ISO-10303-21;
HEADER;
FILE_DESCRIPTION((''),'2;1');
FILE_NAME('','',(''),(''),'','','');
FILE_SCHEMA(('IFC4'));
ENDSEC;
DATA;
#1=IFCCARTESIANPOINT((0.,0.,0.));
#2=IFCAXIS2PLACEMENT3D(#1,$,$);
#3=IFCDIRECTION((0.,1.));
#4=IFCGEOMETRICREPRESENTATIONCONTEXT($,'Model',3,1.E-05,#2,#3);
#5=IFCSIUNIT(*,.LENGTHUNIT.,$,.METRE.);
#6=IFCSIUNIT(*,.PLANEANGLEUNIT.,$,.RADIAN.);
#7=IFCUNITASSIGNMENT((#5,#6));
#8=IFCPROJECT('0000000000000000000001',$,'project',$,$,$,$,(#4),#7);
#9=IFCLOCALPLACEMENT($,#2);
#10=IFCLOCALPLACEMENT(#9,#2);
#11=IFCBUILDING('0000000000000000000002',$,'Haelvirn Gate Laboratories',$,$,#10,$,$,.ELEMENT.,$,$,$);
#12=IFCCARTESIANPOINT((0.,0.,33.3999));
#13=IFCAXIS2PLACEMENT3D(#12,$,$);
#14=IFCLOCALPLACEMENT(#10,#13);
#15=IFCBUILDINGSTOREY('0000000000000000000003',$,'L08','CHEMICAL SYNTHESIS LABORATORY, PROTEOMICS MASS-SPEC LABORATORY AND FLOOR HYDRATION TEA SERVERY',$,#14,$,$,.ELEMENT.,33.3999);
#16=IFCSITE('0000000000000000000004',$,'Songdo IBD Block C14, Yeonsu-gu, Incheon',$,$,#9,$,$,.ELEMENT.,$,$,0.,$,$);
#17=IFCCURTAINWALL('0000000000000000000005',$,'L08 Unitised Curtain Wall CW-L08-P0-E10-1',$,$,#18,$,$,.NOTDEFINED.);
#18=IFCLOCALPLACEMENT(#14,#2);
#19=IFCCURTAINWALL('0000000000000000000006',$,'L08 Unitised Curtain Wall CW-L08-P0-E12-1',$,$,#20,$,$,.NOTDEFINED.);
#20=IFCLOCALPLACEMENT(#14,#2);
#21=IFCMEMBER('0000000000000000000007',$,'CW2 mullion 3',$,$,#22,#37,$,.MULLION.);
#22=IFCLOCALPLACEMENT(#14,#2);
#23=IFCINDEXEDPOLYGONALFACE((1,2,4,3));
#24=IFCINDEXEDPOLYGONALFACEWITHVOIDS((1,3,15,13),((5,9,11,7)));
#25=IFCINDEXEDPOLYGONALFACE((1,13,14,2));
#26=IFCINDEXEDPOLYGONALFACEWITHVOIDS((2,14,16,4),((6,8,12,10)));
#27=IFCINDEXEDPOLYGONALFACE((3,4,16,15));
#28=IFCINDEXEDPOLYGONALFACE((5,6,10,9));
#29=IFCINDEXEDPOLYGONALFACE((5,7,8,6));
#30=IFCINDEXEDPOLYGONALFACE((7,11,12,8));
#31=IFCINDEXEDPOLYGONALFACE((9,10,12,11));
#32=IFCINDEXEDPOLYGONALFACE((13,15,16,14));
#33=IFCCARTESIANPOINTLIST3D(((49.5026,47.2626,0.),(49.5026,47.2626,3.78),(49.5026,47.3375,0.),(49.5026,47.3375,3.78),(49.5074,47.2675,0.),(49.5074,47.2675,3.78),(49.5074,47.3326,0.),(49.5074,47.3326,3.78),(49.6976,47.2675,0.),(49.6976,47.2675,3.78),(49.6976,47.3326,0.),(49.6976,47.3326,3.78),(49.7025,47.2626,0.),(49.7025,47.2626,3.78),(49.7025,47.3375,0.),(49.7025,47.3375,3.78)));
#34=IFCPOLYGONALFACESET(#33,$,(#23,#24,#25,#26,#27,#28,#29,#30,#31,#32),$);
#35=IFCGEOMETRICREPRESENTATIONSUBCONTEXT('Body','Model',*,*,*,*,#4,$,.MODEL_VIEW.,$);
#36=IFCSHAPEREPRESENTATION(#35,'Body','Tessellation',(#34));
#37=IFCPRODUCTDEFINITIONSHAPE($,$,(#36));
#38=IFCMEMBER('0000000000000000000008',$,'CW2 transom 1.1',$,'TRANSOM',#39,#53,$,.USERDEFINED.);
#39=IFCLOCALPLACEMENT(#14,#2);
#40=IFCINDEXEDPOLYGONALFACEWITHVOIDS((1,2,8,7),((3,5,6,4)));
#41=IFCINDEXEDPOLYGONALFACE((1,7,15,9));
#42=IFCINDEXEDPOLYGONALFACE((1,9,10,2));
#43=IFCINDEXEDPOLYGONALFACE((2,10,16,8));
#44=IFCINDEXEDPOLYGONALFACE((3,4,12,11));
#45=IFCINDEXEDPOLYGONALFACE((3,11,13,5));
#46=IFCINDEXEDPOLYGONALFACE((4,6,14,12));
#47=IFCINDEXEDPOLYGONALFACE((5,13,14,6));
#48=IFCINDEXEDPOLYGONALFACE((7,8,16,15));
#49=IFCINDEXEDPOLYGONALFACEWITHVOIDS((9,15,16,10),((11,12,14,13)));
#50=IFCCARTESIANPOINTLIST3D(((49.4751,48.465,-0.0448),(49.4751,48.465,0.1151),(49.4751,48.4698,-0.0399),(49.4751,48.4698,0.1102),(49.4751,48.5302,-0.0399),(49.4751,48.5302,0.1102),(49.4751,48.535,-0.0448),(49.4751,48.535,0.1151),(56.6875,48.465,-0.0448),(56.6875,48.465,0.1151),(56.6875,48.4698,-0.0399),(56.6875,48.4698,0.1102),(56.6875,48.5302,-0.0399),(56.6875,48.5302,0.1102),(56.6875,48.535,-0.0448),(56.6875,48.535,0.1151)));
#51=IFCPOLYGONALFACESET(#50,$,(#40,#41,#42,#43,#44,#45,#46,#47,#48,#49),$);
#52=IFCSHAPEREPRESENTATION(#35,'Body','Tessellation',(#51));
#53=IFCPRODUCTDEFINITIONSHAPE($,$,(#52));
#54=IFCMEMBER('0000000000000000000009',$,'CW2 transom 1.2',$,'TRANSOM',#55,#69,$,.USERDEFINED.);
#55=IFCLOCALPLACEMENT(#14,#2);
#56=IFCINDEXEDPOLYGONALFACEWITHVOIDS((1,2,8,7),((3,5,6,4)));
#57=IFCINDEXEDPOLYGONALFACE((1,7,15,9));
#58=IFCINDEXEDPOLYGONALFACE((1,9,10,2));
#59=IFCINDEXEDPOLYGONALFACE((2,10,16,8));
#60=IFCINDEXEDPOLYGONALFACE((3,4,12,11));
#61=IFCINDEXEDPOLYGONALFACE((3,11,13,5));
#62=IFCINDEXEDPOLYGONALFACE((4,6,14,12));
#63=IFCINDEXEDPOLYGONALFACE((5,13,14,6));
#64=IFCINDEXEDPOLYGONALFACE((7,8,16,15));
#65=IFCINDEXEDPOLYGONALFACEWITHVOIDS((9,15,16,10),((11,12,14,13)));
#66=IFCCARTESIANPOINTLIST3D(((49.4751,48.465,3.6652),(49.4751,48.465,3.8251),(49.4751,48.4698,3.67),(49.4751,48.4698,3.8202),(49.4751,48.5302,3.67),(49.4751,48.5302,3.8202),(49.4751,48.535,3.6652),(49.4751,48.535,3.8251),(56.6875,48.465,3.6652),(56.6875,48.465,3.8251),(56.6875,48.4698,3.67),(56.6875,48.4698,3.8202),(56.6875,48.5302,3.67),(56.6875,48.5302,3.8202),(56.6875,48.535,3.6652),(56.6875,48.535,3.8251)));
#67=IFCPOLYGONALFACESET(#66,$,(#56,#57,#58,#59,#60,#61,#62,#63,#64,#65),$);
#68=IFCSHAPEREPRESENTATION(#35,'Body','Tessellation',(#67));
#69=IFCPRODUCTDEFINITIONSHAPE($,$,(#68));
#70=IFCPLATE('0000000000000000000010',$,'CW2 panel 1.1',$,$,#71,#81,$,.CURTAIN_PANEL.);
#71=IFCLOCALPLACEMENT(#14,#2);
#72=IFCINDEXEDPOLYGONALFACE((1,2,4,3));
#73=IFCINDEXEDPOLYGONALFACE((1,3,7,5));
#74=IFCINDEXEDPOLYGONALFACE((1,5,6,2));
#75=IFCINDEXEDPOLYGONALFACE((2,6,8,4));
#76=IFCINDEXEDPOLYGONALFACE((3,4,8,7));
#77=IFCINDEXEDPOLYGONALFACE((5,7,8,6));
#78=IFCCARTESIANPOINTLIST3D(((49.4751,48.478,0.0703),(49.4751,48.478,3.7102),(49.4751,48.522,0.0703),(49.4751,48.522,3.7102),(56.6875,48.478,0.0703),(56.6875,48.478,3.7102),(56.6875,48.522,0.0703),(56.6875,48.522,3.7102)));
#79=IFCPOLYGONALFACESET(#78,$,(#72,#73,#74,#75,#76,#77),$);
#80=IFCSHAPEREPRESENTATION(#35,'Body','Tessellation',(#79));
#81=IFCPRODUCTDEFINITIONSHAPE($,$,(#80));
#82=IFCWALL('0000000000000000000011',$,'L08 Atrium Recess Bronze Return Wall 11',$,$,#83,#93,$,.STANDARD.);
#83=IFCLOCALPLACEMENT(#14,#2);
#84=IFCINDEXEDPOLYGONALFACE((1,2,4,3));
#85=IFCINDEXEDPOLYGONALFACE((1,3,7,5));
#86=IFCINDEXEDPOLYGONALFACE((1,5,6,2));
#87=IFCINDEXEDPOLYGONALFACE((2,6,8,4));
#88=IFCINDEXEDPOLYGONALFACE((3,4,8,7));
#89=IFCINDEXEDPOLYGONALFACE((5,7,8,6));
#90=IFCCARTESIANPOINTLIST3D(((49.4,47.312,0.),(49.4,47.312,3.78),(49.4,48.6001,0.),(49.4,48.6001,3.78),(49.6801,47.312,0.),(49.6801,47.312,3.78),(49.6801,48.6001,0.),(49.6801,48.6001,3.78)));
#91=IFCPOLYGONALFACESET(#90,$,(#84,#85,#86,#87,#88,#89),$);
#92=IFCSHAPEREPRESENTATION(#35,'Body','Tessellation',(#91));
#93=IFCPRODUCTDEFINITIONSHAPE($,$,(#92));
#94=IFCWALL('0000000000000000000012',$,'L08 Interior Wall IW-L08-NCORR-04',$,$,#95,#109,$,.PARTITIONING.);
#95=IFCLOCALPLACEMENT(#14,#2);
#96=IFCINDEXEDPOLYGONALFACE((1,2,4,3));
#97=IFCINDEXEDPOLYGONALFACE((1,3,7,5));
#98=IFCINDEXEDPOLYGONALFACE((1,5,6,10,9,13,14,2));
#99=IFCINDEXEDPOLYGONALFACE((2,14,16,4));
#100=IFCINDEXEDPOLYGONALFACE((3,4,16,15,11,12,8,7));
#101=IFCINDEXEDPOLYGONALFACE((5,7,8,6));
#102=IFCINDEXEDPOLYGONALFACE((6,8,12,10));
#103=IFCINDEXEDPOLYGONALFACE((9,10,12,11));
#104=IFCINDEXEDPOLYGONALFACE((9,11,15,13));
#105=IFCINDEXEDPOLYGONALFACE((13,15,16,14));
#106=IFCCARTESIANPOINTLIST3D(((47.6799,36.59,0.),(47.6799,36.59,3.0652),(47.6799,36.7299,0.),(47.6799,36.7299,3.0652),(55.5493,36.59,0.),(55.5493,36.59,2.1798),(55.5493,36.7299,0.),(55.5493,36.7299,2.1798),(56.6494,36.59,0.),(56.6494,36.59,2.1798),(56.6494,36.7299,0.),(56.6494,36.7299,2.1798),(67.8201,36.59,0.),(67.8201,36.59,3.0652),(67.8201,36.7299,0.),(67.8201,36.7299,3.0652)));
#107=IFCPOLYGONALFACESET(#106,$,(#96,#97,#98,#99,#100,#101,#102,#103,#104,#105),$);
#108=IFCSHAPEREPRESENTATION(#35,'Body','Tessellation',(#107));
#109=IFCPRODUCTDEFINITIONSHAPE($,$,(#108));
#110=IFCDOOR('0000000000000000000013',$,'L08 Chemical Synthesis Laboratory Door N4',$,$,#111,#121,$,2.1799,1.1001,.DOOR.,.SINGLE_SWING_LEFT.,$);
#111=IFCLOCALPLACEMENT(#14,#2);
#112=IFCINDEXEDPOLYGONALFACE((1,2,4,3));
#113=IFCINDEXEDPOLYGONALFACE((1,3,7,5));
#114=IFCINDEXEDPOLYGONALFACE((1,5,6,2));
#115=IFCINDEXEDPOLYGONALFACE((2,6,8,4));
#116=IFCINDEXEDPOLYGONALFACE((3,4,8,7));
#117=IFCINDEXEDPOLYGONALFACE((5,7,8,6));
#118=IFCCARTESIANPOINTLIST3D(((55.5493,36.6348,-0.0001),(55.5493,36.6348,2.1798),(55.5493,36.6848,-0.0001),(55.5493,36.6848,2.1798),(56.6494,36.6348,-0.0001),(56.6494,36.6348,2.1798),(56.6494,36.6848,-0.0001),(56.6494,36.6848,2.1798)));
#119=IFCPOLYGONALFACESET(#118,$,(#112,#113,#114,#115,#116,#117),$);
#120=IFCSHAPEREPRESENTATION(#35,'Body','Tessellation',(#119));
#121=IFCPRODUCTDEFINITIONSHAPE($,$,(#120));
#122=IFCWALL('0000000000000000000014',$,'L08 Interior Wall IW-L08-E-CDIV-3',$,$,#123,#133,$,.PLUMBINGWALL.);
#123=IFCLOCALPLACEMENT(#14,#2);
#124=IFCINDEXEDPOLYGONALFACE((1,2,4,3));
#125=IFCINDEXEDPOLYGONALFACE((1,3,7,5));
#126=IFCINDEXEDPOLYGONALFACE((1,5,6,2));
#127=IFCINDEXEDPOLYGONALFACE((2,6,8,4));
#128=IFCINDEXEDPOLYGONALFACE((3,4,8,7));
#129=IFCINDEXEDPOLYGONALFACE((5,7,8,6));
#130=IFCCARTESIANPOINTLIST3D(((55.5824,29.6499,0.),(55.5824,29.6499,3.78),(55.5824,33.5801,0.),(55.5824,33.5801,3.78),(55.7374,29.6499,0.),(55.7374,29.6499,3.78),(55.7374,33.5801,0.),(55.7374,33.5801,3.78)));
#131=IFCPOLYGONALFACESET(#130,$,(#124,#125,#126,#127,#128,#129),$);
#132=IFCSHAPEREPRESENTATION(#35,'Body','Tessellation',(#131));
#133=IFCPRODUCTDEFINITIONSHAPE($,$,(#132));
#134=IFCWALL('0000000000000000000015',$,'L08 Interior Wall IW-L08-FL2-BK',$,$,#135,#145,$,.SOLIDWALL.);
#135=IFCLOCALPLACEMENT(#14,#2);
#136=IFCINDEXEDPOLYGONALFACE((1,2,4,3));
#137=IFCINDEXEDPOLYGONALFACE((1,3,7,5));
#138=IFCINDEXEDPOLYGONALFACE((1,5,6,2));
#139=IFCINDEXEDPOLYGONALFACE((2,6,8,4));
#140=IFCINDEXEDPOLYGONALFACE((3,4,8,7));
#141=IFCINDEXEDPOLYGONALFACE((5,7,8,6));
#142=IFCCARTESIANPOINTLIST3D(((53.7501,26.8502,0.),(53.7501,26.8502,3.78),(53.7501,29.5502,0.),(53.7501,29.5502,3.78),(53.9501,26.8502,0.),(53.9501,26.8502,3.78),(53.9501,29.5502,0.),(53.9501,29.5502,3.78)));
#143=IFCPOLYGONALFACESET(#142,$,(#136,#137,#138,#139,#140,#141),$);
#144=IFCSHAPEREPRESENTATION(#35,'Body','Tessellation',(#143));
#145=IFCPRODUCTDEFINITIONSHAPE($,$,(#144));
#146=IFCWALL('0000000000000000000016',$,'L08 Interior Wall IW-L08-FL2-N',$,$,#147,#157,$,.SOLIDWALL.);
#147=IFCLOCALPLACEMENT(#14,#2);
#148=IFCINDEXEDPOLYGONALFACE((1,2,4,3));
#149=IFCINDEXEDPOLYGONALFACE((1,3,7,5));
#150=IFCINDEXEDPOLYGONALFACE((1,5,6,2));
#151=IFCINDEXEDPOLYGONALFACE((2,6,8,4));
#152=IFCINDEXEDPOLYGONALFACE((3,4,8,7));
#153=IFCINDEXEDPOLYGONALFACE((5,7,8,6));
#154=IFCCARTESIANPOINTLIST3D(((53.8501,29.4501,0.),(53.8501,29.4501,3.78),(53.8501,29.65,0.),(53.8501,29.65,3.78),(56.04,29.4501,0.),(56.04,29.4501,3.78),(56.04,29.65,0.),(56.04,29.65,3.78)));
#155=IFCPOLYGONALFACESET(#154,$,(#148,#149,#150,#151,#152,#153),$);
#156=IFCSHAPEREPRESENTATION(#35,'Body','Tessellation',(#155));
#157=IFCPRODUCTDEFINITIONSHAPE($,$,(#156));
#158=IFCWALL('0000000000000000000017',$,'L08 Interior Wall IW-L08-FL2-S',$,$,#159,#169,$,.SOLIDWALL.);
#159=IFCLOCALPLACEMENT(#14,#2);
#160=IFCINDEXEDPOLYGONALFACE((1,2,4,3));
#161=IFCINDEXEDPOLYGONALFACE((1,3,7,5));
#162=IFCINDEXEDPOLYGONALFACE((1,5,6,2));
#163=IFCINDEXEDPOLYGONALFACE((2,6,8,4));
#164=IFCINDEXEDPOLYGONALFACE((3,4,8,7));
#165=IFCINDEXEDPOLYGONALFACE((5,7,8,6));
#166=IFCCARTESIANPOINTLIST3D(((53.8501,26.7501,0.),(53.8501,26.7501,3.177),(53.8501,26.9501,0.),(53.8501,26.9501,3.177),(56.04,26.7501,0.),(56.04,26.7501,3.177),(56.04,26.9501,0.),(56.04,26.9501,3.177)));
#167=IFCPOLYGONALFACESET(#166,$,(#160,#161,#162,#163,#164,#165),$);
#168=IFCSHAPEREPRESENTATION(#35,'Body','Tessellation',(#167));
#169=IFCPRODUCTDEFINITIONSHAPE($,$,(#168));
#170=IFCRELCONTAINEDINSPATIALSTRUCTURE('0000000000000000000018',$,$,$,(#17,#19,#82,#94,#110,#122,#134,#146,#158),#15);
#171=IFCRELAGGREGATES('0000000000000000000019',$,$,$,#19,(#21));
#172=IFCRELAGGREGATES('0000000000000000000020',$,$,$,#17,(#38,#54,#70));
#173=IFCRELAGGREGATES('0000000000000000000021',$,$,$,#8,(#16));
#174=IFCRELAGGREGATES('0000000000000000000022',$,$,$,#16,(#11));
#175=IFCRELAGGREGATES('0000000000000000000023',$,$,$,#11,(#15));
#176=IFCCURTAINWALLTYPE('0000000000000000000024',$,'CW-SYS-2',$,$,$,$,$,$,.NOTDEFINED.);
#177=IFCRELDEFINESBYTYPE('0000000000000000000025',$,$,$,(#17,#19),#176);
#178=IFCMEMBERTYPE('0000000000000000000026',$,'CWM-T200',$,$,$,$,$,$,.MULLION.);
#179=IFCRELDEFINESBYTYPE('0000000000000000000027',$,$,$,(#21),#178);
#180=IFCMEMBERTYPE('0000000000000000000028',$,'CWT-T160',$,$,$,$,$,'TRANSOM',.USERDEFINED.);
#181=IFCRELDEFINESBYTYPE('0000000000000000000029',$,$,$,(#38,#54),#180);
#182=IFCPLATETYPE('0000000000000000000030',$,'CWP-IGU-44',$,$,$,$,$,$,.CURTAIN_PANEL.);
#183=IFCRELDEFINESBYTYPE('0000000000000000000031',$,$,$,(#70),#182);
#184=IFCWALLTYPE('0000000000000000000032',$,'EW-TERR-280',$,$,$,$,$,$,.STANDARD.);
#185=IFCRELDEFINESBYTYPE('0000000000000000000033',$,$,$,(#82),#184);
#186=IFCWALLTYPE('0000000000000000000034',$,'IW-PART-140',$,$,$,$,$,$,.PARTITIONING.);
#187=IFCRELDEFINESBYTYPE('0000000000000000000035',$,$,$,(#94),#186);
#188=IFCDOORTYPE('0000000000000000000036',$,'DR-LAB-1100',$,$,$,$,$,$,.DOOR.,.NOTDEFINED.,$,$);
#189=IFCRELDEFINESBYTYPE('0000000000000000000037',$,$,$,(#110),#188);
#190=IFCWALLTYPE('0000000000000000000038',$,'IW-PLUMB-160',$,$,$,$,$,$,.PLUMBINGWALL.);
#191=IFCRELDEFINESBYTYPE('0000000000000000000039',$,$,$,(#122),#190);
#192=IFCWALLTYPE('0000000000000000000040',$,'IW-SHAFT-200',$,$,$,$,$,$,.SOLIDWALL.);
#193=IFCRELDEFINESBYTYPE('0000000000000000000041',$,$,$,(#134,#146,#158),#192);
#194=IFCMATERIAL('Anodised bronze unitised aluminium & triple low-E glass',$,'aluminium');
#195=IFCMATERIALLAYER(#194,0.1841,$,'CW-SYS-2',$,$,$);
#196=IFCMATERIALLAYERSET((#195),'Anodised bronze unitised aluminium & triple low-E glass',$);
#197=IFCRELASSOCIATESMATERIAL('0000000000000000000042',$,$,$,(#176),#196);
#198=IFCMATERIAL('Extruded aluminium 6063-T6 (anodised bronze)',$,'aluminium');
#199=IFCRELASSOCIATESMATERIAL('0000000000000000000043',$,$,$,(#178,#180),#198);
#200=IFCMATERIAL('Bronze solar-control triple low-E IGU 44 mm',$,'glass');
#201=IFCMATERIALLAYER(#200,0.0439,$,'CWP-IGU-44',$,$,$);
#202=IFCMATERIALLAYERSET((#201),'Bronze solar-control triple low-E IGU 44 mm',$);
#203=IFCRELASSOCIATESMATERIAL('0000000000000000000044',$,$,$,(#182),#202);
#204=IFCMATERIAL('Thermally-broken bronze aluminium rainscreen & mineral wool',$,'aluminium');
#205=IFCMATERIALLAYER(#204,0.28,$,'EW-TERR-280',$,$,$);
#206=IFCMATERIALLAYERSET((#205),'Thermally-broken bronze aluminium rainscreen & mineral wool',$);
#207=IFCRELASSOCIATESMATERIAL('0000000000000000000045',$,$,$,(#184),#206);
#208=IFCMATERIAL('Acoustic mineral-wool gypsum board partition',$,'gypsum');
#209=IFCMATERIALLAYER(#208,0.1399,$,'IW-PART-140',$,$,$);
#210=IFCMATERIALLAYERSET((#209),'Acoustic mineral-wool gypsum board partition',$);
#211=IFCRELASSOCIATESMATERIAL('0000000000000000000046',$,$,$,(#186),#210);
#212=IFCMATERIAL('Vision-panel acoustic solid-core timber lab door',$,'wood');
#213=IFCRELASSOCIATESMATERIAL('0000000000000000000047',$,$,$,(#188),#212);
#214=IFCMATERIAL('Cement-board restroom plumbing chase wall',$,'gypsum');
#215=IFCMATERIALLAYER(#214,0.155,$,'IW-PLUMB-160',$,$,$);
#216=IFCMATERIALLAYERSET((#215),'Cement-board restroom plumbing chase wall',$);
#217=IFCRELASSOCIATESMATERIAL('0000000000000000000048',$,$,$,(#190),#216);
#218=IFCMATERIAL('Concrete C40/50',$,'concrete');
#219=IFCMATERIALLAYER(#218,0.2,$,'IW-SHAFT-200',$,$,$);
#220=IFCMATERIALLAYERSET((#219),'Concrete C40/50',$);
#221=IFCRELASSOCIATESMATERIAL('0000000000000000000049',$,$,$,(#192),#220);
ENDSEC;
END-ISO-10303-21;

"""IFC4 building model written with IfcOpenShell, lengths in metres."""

from ifc_helpers import new_model, si_unit, direction, frame, frame_2d, origin, origin_2d, place, context, subcontext, project, spatial, rectangle, hollow_rectangle, extrude, source, transform, mapped, material, layer, layer_set, material_profile, profile_set, type_object, type_shapes, element, fill, aggregate, save


model = new_model("IFC4")

# Units and contexts
model_context = context("Model", 3, precision=1e-05, world=origin(), true_north=direction((0.0, 1.0)))
body_context = subcontext(model_context, "Body", "Model", "MODEL_VIEW")
ifc_project = project(units=[si_unit("LENGTHUNIT", "METRE"), si_unit("PLANEANGLEUNIT", "RADIAN")], contexts=[model_context])

# Site, building, storey
site_placement = place(None, origin())
site = spatial("IfcSite", under=ifc_project, at=site_placement, Name="Songdo IBD Block C14, Yeonsu-gu, Incheon", CompositionType="ELEMENT", RefElevation=0.0)
building_placement = place(site_placement, origin())
building = spatial("IfcBuilding", under=site, at=building_placement, Name="Haelvirn Gate Laboratories", CompositionType="ELEMENT")
storey_placement = place(building_placement, frame((0.0, 0.0, 33.3999)))
storey = spatial("IfcBuildingStorey", under=building, at=storey_placement, Name="L08", Description="CHEMICAL SYNTHESIS LABORATORY, PROTEOMICS MASS-SPEC LABORATORY AND FLOOR HYDRATION TEA SERVERY", CompositionType="ELEMENT", Elevation=33.3999)

# Curtain walls, member
ifc_material_1 = material(Name="Anodised bronze unitised aluminium & triple low-E glass", Category="aluminium")
ifc_layer_1 = layer(ifc_material_1, 0.1841, Name="CW-SYS-2")
ifc_layer_set_1 = layer_set([ifc_layer_1], Name="Anodised bronze unitised aluminium & triple low-E glass")
curtain_wall_type = type_object("IfcCurtainWallType", Name="CW-SYS-2", PredefinedType="NOTDEFINED", material=ifc_layer_set_1)
curtain_wall_1_placement = place(storey_placement, origin())
curtain_wall_1 = element("IfcCurtainWall", 1, at=curtain_wall_1_placement, inside=storey, type_object=curtain_wall_type, Name="L08 Unitised Curtain Wall CW-L08-P0-E10-1", PredefinedType="NOTDEFINED")
ifc_material_2 = material(Name="Extruded aluminium 6063-T6 (anodised bronze)", Category="aluminium")
ifc_material_profile_1 = material_profile(ifc_material_2, hollow_rectangle(XDim=0.075, YDim=0.2, WallThickness=0.0049, at=origin_2d()), Name="CWM-200x75x5")
ifc_profile_set_1 = profile_set([ifc_material_profile_1], Name="Extruded aluminium 6063-T6 (anodised bronze)")
member_type_1 = type_object("IfcMemberType", Name="CWM-T200", PredefinedType="MULLION", material=ifc_profile_set_1)
shared_shape_1 = source(origin(), body_context, "Body", "SweptSolid", [
    extrude(hollow_rectangle(XDim=0.075, YDim=0.2, WallThickness=0.0049, at=origin_2d()), origin(), (0.0, 0.0, 1.0), 3.78),
])
type_shapes(member_type_1, [shared_shape_1])
curtain_wall_2_placement = place(storey_placement, origin())
curtain_wall_2 = element("IfcCurtainWall", 2, at=curtain_wall_2_placement, inside=storey, type_object=curtain_wall_type, Name="L08 Unitised Curtain Wall CW-L08-P0-E12-1", PredefinedType="NOTDEFINED")
member_1_placement = place(storey_placement, frame((49.6025, 47.3, 0.0), z_axis=(0.0, 0.0, 1.0), x_axis=(0.0, 1.0, 0.0)))
member_1 = element("IfcMember", 3, at=member_1_placement, type_object=member_type_1, Name="CW2 mullion 3", PredefinedType="MULLION", context=body_context, shape_type="MappedRepresentation", body=[
    mapped(shared_shape_1, transform((0.0, 0.0, 0.0), scale=1.0)),
])
aggregate(curtain_wall_2, [member_1])

# Members
ifc_material_profile_2 = material_profile(ifc_material_2, hollow_rectangle(XDim=0.0701, YDim=0.1599, WallThickness=0.0049, at=origin_2d()), Name="CWT-160x70x5")
ifc_profile_set_2 = profile_set([ifc_material_profile_2], Name="Extruded aluminium 6063-T6 (anodised bronze)")
member_type_2 = type_object("IfcMemberType", Name="CWT-T160", ElementType="TRANSOM", PredefinedType="USERDEFINED", material=ifc_profile_set_2)
shared_shape_2 = source(origin(), body_context, "Body", "SweptSolid", [
    extrude(hollow_rectangle(XDim=0.0701, YDim=0.1599, WallThickness=0.0049, at=origin_2d()), origin(), (0.0, 0.0, 1.0), 7.2124),
])
type_shapes(member_type_2, [shared_shape_2])
member_2_placement = place(storey_placement, frame((49.4751, 48.5, 0.0352), z_axis=(1.0, 0.0, 0.0), x_axis=(0.0, 1.0, 0.0)))
member_2 = element("IfcMember", 4, at=member_2_placement, type_object=member_type_2, Name="CW2 transom 1.1", ObjectType="TRANSOM", PredefinedType="USERDEFINED", context=body_context, shape_type="MappedRepresentation", body=[
    mapped(shared_shape_2, transform((0.0, 0.0, 0.0), scale=1.0)),
])
member_3_placement = place(storey_placement, frame((49.4751, 48.5, 3.7451), z_axis=(1.0, 0.0, 0.0), x_axis=(0.0, 1.0, 0.0)))
member_3 = element("IfcMember", 5, at=member_3_placement, type_object=member_type_2, Name="CW2 transom 1.2", ObjectType="TRANSOM", PredefinedType="USERDEFINED", context=body_context, shape_type="MappedRepresentation", body=[
    mapped(shared_shape_2, transform((0.0, 0.0, 0.0), scale=1.0)),
])

# Plate
ifc_material_3 = material(Name="Bronze solar-control triple low-E IGU 44 mm", Category="glass")
ifc_layer_2 = layer(ifc_material_3, 0.0439, Name="CWP-IGU-44")
ifc_layer_set_2 = layer_set([ifc_layer_2], Name="Bronze solar-control triple low-E IGU 44 mm")
plate_type = type_object("IfcPlateType", Name="CWP-IGU-44", PredefinedType="CURTAIN_PANEL", material=ifc_layer_set_2)
shared_shape_3 = source(origin(), body_context, "Body", "SweptSolid", [
    extrude(rectangle(XDim=7.2124, YDim=0.0439, at=origin_2d()), origin(), (0.0, 0.0, 1.0), 3.6399),
])
type_shapes(plate_type, [shared_shape_3])
plate_placement = place(storey_placement, frame((53.0813, 48.5, 0.0703), z_axis=(0.0, 0.0, 1.0), x_axis=(1.0, 0.0, 0.0)))
plate = element("IfcPlate", 6, at=plate_placement, type_object=plate_type, Name="CW2 panel 1.1", PredefinedType="CURTAIN_PANEL", context=body_context, shape_type="MappedRepresentation", body=[
    mapped(shared_shape_3, transform((0.0, 0.0, 0.0), scale=1.0)),
])
aggregate(curtain_wall_1, [member_2, member_3, plate])

# Wall
ifc_material_4 = material(Name="Thermally-broken bronze aluminium rainscreen & mineral wool", Category="aluminium")
ifc_layer_3 = layer(ifc_material_4, 0.28, Name="EW-TERR-280")
ifc_layer_set_3 = layer_set([ifc_layer_3], Name="Thermally-broken bronze aluminium rainscreen & mineral wool")
wall_type_1 = type_object("IfcWallType", Name="EW-TERR-280", PredefinedType="STANDARD", material=ifc_layer_set_3)
wall_1_placement = place(storey_placement, frame((49.54, 48.6001, 0.0), z_axis=(0.0, 0.0, 1.0), x_axis=(0.0, -1.0, 0.0)))
element("IfcWall", 7, at=wall_1_placement, inside=storey, type_object=wall_type_1, Name="L08 Atrium Recess Bronze Return Wall 11", PredefinedType="STANDARD", context=body_context, shape_type="SweptSolid", body=[
    extrude(rectangle(XDim=1.2881, YDim=0.28, at=frame_2d((0.644, 0.0))), origin(), (0.0, 0.0, 1.0), 3.78),
])

# Wall, opening, door
ifc_material_5 = material(Name="Acoustic mineral-wool gypsum board partition", Category="gypsum")
ifc_layer_4 = layer(ifc_material_5, 0.1399, Name="IW-PART-140")
ifc_layer_set_4 = layer_set([ifc_layer_4], Name="Acoustic mineral-wool gypsum board partition")
wall_type_2 = type_object("IfcWallType", Name="IW-PART-140", PredefinedType="PARTITIONING", material=ifc_layer_set_4)
wall_2_placement = place(storey_placement, frame((47.6799, 36.6599, 0.0), z_axis=(0.0, 0.0, 1.0), x_axis=(1.0, 0.0, 0.0)))
wall_2 = element("IfcWall", 8, at=wall_2_placement, inside=storey, type_object=wall_type_2, Name="L08 Interior Wall IW-L08-NCORR-04", PredefinedType="PARTITIONING", context=body_context, shape_type="SweptSolid", body=[
    extrude(rectangle(XDim=20.1401, YDim=0.1399, at=frame_2d((10.0701, 0.0))), origin(), (0.0, 0.0, 1.0), 3.0652),
])
opening_1_placement = place(wall_2_placement, frame((7.8694, 0.0, 0.0)))
opening_1 = element("IfcOpeningElement", 9, at=opening_1_placement, cuts=wall_2, PredefinedType="OPENING", context=body_context, shape_type="SweptSolid", body=[
    extrude(rectangle(XDim=1.1001, YDim=2.1799, at=frame_2d((0.55, 1.0898))), frame((0.0, 0.0801, 0.0), z_axis=(0.0, -1.0, 0.0), x_axis=(1.0, 0.0, 0.0)), (0.0, 0.0, 1.0), 0.1599),
])
ifc_material_6 = material(Name="Vision-panel acoustic solid-core timber lab door", Category="wood")
door_type_1 = type_object("IfcDoorType", Name="DR-LAB-1100", OperationType="NOTDEFINED", PredefinedType="DOOR", material=ifc_material_6)
shared_shape_4 = source(origin(), body_context, "Body", "SweptSolid", [
    extrude(rectangle(XDim=1.1001, YDim=2.1799, at=frame_2d((0.55, 1.0898))), frame((0.0, 0.0249, 0.0), z_axis=(0.0, -1.0, 0.0), x_axis=(1.0, 0.0, 0.0)), (0.0, 0.0, 1.0), 0.05),
])
type_shapes(door_type_1, [shared_shape_4])
door_1_placement = place(opening_1_placement, origin())
door_1 = element("IfcDoor", 10, at=door_1_placement, inside=storey, type_object=door_type_1, Name="L08 Chemical Synthesis Laboratory Door N4", OperationType="SINGLE_SWING_LEFT", OverallHeight=2.1799, OverallWidth=1.1001, PredefinedType="DOOR", context=body_context, shape_type="MappedRepresentation", body=[
    mapped(shared_shape_4, transform((0.0, 0.0, 0.0), scale=1.0)),
])
fill(opening_1, door_1)

# Walls
ifc_material_7 = material(Name="Cement-board restroom plumbing chase wall", Category="gypsum")
ifc_layer_5 = layer(ifc_material_7, 0.155, Name="IW-PLUMB-160")
ifc_layer_set_5 = layer_set([ifc_layer_5], Name="Cement-board restroom plumbing chase wall")
wall_type_3 = type_object("IfcWallType", Name="IW-PLUMB-160", PredefinedType="PLUMBINGWALL", material=ifc_layer_set_5)
wall_3_placement = place(storey_placement, frame((55.6599, 29.6499, 0.0), z_axis=(0.0, 0.0, 1.0), x_axis=(0.0, 1.0, 0.0)))
element("IfcWall", 11, at=wall_3_placement, inside=storey, type_object=wall_type_3, Name="L08 Interior Wall IW-L08-E-CDIV-3", PredefinedType="PLUMBINGWALL", context=body_context, shape_type="SweptSolid", body=[
    extrude(rectangle(XDim=3.9302, YDim=0.155, at=frame_2d((1.9651, 0.0))), origin(), (0.0, 0.0, 1.0), 3.78),
])
ifc_material_8 = material(Name="Concrete C40/50", Category="concrete")
ifc_layer_6 = layer(ifc_material_8, 0.2, Name="IW-SHAFT-200")
ifc_layer_set_6 = layer_set([ifc_layer_6], Name="Concrete C40/50")
wall_type_4 = type_object("IfcWallType", Name="IW-SHAFT-200", PredefinedType="SOLIDWALL", material=ifc_layer_set_6)
wall_4_placement = place(storey_placement, frame((53.8501, 26.8501, 0.0), z_axis=(0.0, 0.0, 1.0), x_axis=(0.0, 1.0, 0.0)))
element("IfcWall", 12, at=wall_4_placement, inside=storey, type_object=wall_type_4, Name="L08 Interior Wall IW-L08-FL2-BK", PredefinedType="SOLIDWALL", context=body_context, shape_type="SweptSolid", body=[
    extrude(rectangle(XDim=2.7, YDim=0.2, at=frame_2d((1.3501, 0.0))), origin(), (0.0, 0.0, 1.0), 3.78),
])
wall_5_placement = place(storey_placement, frame((53.8501, 29.55, 0.0), z_axis=(0.0, 0.0, 1.0), x_axis=(1.0, 0.0, 0.0)))
element("IfcWall", 13, at=wall_5_placement, inside=storey, type_object=wall_type_4, Name="L08 Interior Wall IW-L08-FL2-N", PredefinedType="SOLIDWALL", context=body_context, shape_type="SweptSolid", body=[
    extrude(rectangle(XDim=2.1899, YDim=0.2, at=frame_2d((1.095, 0.0))), origin(), (0.0, 0.0, 1.0), 3.78),
])
wall_6_placement = place(storey_placement, frame((53.8501, 26.8501, 0.0), z_axis=(0.0, 0.0, 1.0), x_axis=(1.0, 0.0, 0.0)))
element("IfcWall", 14, at=wall_6_placement, inside=storey, type_object=wall_type_4, Name="L08 Interior Wall IW-L08-FL2-S", PredefinedType="SOLIDWALL", context=body_context, shape_type="SweptSolid", body=[
    extrude(rectangle(XDim=2.1899, YDim=0.2, at=frame_2d((1.095, 0.0))), origin(), (0.0, 0.0, 1.0), 3.177),
])

save(model, "model.ifc")
